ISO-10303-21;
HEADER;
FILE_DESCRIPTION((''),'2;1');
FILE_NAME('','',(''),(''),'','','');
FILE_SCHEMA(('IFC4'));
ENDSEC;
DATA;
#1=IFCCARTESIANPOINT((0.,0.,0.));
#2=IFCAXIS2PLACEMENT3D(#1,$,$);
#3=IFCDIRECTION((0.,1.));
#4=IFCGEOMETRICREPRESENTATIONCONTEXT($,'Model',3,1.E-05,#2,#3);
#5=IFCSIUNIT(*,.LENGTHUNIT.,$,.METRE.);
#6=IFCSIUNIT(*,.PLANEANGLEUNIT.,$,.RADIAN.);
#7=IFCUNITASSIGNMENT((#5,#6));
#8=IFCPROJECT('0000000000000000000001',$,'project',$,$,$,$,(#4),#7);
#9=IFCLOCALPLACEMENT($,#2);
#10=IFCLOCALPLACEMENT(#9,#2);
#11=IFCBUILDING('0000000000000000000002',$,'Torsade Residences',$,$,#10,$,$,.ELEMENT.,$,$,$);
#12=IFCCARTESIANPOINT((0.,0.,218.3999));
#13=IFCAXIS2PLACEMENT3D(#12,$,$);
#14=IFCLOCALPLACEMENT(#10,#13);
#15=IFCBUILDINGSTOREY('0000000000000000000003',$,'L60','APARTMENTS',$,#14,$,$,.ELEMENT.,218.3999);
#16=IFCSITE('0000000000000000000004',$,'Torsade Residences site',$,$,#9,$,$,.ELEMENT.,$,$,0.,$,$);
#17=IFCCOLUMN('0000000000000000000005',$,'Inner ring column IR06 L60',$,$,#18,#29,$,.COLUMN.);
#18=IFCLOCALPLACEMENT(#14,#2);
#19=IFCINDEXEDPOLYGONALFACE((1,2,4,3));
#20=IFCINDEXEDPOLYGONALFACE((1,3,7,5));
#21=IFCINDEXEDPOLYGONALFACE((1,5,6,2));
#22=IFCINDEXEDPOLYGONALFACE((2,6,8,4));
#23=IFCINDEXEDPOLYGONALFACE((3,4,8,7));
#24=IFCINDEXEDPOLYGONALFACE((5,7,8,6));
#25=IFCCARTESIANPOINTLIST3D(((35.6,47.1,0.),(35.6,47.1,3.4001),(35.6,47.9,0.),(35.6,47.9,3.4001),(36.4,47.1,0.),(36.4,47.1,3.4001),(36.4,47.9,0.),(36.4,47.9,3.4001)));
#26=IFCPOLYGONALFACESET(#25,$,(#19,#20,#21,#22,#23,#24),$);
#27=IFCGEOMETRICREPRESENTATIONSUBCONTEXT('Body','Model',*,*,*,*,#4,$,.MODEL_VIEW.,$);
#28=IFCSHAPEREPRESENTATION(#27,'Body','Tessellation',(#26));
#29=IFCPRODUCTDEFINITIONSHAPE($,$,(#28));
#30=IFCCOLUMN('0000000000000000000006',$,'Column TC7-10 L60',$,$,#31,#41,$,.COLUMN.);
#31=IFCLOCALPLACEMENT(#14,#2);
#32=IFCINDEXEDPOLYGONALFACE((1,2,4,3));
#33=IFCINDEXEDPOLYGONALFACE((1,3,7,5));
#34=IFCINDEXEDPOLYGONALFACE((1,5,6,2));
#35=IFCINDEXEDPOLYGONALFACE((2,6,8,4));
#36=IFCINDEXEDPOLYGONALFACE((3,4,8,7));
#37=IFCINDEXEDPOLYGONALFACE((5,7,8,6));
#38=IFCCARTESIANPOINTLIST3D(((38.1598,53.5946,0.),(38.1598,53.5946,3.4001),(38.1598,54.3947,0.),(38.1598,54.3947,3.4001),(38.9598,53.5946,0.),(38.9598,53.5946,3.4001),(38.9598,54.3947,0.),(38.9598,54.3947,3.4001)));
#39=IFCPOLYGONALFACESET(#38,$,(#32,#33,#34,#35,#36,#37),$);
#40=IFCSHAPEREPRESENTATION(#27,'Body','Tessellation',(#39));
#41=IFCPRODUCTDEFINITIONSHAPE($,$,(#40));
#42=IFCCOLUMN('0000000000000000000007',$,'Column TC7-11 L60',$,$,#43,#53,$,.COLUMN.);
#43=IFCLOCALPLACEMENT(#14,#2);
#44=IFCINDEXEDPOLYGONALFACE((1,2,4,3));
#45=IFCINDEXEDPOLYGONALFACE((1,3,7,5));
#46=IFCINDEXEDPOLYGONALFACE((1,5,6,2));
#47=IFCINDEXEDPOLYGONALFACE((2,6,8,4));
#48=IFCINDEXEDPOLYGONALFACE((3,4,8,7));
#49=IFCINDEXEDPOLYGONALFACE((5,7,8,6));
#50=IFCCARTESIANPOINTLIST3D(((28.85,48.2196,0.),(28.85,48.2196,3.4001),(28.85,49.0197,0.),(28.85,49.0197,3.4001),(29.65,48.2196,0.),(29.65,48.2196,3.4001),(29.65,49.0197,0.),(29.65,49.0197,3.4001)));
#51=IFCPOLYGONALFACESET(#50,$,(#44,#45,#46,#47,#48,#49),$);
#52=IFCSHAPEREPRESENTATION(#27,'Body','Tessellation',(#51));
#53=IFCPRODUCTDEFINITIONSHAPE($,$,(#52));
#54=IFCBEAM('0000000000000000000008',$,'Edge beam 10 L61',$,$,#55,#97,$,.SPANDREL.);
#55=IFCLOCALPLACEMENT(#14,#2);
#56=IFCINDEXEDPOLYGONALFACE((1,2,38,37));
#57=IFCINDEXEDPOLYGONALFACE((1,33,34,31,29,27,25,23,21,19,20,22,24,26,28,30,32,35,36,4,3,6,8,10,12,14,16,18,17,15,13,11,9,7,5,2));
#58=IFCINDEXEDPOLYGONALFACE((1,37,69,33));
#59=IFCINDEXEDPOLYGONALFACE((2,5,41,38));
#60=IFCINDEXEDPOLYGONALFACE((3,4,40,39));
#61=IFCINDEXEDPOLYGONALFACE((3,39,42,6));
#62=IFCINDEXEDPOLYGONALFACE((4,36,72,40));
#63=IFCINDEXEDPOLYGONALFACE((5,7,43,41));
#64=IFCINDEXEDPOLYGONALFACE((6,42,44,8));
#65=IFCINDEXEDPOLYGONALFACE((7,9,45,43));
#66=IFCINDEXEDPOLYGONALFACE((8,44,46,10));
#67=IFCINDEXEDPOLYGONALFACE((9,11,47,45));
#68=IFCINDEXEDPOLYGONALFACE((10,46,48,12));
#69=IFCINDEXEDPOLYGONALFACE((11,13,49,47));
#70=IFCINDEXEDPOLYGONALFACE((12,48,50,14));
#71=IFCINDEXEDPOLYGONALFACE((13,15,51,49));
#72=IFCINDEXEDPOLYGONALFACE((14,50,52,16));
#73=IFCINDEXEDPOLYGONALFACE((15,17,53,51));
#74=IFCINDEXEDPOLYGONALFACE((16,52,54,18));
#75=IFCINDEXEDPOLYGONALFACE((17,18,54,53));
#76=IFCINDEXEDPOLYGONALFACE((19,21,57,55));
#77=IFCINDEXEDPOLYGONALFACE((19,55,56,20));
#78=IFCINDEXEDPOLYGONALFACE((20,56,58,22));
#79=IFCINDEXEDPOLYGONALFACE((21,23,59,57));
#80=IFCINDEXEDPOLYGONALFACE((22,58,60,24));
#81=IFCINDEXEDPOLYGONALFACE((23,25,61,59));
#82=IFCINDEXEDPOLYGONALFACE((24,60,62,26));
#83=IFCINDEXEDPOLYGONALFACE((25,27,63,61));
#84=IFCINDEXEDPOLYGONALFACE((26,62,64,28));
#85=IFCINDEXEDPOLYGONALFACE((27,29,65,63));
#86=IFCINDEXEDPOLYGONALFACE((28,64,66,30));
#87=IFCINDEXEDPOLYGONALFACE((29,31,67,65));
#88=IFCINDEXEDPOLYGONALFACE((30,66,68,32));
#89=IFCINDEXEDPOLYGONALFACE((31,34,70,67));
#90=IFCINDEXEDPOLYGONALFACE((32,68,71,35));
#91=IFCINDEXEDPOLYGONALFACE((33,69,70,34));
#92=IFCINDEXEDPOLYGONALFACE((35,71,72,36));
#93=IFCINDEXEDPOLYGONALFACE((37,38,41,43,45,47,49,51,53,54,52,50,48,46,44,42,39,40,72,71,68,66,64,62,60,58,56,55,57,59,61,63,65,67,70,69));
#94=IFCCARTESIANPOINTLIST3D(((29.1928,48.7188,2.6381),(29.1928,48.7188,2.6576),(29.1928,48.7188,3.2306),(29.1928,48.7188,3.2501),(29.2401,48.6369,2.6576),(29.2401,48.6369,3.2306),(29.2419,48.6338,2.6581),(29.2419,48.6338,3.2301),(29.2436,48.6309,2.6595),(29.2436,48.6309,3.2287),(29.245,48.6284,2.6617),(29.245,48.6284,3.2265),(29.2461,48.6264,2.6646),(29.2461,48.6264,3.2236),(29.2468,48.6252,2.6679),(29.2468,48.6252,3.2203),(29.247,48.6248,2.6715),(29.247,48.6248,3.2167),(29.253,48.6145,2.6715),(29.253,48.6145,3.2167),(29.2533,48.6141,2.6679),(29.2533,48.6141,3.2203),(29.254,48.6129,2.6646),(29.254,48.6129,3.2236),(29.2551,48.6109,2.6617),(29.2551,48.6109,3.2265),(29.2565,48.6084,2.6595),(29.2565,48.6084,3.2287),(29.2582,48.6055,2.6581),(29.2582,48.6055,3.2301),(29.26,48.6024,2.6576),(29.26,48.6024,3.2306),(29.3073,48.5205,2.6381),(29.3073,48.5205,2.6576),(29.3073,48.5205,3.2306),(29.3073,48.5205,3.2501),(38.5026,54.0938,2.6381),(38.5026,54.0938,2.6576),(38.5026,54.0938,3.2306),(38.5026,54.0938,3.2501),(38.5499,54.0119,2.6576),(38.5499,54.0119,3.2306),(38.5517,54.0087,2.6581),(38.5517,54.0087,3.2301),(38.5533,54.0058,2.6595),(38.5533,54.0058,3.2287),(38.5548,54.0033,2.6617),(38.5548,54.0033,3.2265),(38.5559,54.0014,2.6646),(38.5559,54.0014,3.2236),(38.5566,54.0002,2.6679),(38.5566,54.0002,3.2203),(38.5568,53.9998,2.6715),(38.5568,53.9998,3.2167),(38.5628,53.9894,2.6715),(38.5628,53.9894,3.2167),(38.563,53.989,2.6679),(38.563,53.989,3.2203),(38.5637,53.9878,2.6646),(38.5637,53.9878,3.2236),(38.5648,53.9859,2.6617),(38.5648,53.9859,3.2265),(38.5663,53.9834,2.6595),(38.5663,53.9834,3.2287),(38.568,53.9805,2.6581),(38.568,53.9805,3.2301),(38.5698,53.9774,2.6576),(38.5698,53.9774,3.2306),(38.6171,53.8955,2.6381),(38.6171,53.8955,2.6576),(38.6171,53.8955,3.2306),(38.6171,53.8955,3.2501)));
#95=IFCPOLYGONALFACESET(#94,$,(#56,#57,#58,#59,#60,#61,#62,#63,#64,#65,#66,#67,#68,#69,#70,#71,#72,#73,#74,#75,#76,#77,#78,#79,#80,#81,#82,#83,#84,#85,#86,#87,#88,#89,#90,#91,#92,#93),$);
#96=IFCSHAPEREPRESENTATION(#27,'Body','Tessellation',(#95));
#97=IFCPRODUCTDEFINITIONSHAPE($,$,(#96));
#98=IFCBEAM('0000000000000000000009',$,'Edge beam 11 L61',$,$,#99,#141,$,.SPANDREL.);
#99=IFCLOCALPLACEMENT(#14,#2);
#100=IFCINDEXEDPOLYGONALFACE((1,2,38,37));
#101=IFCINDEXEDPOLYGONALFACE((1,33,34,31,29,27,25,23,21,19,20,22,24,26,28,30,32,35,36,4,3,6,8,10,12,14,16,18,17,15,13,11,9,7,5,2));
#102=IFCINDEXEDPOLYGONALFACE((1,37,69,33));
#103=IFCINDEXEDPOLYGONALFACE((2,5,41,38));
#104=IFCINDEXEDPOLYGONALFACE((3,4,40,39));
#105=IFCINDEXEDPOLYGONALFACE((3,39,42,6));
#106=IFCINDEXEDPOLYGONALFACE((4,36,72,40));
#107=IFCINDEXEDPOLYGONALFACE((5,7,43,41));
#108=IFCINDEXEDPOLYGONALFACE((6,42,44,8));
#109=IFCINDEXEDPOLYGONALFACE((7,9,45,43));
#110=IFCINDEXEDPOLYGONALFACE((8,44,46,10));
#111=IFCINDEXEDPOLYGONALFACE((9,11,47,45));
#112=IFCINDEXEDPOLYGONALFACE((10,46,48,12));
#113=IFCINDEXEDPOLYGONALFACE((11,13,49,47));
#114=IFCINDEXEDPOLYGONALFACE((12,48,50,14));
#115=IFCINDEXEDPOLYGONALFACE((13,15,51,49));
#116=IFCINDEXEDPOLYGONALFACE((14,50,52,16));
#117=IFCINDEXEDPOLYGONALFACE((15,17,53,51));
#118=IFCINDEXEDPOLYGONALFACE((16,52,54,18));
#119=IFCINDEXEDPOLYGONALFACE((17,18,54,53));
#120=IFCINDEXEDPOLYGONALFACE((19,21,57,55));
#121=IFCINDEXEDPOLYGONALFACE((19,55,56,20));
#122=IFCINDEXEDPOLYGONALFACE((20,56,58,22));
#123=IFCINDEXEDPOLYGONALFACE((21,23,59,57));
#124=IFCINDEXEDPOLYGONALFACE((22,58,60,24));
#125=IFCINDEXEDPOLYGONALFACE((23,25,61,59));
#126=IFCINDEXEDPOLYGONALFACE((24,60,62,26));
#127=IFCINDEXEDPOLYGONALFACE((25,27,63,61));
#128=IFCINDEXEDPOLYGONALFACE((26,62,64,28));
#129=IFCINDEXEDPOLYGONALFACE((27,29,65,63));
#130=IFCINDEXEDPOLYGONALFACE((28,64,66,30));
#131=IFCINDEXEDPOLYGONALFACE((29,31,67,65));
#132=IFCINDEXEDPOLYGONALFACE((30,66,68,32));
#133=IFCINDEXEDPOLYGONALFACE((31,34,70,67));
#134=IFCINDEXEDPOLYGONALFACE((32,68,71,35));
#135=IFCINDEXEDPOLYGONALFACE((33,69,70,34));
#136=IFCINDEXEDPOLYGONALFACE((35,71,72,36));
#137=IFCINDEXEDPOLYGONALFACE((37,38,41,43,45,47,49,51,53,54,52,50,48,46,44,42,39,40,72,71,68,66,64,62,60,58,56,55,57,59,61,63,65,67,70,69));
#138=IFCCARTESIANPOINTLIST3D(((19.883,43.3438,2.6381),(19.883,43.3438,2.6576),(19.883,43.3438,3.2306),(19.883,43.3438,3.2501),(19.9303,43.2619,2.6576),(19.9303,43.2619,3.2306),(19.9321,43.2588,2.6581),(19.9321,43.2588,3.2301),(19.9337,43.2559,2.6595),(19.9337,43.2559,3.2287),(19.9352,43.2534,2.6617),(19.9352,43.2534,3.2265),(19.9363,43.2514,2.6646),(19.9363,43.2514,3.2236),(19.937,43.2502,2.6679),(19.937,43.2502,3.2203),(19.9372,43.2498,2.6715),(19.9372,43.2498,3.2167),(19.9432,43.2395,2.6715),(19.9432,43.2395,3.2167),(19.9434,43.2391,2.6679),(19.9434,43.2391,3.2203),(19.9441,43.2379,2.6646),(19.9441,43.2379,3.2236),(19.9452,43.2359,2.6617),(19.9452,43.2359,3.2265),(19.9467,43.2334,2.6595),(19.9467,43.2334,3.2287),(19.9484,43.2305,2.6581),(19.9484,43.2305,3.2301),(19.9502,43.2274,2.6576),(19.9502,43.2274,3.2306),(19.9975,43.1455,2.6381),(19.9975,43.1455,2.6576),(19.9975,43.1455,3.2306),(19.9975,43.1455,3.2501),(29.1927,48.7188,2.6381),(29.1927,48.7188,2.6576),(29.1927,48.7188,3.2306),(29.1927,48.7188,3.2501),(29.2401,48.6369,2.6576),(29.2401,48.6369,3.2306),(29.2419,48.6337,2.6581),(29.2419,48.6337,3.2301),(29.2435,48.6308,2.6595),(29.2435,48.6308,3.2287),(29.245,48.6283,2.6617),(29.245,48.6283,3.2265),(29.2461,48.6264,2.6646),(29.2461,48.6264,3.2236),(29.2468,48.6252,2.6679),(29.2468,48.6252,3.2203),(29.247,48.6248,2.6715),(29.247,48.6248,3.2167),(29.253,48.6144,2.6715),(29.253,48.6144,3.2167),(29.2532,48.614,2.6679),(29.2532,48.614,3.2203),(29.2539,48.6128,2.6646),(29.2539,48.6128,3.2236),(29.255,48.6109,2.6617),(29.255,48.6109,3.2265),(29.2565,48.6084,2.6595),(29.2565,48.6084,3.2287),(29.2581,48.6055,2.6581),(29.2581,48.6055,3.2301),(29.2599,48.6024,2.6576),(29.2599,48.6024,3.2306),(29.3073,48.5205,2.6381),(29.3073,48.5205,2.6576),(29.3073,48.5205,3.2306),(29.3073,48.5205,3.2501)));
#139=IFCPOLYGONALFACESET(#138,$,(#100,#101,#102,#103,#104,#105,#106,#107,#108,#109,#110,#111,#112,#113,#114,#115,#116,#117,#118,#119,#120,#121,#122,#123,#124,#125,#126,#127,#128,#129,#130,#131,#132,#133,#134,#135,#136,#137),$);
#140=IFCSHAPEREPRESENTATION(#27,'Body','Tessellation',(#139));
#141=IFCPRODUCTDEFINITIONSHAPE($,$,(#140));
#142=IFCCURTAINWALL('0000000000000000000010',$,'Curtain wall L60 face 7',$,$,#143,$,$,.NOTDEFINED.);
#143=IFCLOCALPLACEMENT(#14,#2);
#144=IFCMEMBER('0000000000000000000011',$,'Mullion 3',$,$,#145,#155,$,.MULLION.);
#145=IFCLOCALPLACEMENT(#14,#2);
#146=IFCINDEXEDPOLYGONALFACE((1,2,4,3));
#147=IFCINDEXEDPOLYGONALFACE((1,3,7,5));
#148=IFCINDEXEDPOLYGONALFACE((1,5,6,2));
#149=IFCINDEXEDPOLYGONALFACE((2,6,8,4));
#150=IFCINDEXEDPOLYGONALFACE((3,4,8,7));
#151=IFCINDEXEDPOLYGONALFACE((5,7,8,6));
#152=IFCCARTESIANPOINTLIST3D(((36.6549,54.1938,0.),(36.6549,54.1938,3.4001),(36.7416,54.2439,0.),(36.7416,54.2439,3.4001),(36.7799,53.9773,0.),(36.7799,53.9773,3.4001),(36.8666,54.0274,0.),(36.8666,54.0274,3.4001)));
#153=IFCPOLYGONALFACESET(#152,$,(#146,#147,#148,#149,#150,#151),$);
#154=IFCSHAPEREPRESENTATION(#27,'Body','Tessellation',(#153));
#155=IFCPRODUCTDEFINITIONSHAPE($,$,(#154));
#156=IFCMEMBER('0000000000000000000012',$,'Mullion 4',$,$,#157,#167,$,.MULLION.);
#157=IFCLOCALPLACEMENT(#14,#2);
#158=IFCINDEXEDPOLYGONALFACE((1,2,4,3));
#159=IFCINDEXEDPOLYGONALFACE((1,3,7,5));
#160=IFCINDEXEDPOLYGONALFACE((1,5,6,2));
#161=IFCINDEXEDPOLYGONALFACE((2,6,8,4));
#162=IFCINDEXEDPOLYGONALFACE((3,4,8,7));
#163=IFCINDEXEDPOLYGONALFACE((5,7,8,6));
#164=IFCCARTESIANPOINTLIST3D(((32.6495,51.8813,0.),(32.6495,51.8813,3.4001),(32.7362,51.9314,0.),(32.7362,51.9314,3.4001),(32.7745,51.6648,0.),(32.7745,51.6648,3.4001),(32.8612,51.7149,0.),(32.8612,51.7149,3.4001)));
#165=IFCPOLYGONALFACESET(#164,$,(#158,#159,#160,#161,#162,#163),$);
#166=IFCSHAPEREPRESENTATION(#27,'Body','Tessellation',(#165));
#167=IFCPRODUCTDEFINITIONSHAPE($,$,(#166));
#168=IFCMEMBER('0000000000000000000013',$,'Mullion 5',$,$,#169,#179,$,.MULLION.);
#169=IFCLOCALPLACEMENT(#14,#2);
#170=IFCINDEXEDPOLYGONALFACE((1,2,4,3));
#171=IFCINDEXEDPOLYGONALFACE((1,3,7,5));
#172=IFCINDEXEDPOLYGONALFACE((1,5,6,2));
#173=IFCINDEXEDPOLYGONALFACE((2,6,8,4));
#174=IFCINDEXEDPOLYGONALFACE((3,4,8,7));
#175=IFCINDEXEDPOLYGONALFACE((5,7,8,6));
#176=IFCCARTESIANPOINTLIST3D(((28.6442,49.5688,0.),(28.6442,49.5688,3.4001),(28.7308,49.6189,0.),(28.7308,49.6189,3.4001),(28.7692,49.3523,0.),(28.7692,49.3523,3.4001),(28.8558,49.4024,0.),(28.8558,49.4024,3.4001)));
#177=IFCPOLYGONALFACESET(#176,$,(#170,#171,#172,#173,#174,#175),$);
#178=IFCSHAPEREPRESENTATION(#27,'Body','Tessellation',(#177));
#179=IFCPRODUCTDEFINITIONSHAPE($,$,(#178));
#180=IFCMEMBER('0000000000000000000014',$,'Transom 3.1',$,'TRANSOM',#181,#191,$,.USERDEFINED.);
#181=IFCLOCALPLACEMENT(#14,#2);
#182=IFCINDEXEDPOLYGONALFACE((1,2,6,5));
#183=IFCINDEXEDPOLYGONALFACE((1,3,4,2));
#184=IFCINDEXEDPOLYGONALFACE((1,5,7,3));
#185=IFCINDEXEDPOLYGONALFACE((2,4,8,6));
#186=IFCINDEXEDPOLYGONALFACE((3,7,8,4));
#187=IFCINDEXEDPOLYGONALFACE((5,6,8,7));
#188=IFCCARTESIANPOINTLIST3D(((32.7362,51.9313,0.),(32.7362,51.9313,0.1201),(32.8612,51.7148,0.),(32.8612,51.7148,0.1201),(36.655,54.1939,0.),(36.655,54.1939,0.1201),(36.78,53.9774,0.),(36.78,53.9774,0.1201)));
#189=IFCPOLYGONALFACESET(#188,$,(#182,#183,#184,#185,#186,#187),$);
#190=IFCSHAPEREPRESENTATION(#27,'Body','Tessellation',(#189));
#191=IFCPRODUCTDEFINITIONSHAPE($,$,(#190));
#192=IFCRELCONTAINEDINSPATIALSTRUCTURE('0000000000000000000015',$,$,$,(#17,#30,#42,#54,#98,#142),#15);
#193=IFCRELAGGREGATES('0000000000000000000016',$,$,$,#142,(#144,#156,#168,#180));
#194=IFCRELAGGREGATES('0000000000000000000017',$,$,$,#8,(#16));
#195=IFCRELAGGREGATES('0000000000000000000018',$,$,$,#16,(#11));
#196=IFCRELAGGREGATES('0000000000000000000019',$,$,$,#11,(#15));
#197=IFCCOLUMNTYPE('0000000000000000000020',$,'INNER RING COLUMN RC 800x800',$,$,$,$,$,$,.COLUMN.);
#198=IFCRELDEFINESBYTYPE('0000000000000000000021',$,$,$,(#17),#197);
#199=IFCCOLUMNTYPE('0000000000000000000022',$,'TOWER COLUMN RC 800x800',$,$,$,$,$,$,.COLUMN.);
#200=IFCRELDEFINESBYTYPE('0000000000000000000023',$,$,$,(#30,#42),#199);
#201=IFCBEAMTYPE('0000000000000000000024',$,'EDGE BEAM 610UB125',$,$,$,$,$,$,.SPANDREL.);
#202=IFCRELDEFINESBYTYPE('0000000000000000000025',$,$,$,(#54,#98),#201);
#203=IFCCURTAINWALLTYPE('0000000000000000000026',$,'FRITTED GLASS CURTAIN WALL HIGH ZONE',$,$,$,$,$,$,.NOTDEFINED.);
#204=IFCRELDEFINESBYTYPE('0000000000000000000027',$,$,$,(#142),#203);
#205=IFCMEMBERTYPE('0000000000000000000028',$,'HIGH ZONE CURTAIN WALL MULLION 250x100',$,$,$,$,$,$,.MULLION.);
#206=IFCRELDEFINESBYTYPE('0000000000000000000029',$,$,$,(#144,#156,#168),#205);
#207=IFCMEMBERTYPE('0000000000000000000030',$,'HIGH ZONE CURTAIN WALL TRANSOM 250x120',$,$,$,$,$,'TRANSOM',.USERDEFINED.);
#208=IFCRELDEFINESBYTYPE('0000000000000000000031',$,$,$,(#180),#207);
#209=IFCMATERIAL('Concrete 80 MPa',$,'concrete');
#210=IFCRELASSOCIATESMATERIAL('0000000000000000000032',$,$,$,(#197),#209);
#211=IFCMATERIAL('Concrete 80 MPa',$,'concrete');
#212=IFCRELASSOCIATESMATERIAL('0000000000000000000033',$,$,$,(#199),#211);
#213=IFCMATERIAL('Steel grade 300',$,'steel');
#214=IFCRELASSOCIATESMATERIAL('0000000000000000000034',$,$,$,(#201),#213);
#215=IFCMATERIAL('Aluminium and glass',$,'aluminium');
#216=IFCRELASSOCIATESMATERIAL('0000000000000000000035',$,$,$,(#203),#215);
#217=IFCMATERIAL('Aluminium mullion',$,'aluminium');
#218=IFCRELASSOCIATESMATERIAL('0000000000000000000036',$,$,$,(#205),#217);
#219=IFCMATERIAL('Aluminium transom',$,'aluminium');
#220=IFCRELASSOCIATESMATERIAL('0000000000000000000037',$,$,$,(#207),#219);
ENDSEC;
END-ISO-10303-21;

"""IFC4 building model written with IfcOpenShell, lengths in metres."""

from ifc_helpers import new_model, si_unit, direction, frame, origin, origin_2d, place, context, subcontext, project, spatial, rectangle, i_section, extrude, material, material_profile, profile_set, type_object, element, aggregate, save


model = new_model("IFC4")

# Units and contexts
model_context = context("Model", 3, precision=1e-05, world=origin(), true_north=direction((0.0, 1.0)))
body_context = subcontext(model_context, "Body", "Model", "MODEL_VIEW")
ifc_project = project(units=[si_unit("LENGTHUNIT", "METRE"), si_unit("PLANEANGLEUNIT", "RADIAN")], contexts=[model_context])

# Site, building, storey
site_placement = place(None, origin())
site = spatial("IfcSite", under=ifc_project, at=site_placement, Name="Torsade Residences site", CompositionType="ELEMENT", RefElevation=0.0)
building_placement = place(site_placement, origin())
building = spatial("IfcBuilding", under=site, at=building_placement, Name="Torsade Residences", CompositionType="ELEMENT")
storey_placement = place(building_placement, frame((0.0, 0.0, 218.3999)))
storey = spatial("IfcBuildingStorey", under=building, at=storey_placement, Name="L60", Description="APARTMENTS", CompositionType="ELEMENT", Elevation=218.3999)

# Columns
ifc_material_1 = material(Name="Concrete 80 MPa", Category="concrete")
ifc_material_profile_1 = material_profile(ifc_material_1, rectangle(XDim=0.8, YDim=0.8, at=origin_2d()), Name="RC 800x800")
ifc_profile_set_1 = profile_set([ifc_material_profile_1], Name="Concrete 80 MPa")
column_type_1 = type_object("IfcColumnType", Name="INNER RING COLUMN RC 800x800", PredefinedType="COLUMN", material=ifc_profile_set_1)
column_placement = place(storey_placement, frame((36.0, 47.5, 0.0), z_axis=(0.0, 0.0, 1.0), x_axis=(1.0, 0.0, 0.0)))
element("IfcColumn", 1, at=column_placement, inside=storey, type_object=column_type_1, Name="Inner ring column IR06 L60", PredefinedType="COLUMN", context=body_context, shape_type="SweptSolid", body=[
    extrude(rectangle(XDim=0.8, YDim=0.8, at=origin_2d()), origin(), (0.0, 0.0, 1.0), 3.4001),
])
ifc_material_2 = material(Name="Concrete 80 MPa", Category="concrete")
ifc_material_profile_2 = material_profile(ifc_material_2, rectangle(XDim=0.8, YDim=0.8, at=origin_2d()), Name="RC 800x800")
ifc_profile_set_2 = profile_set([ifc_material_profile_2], Name="Concrete 80 MPa")
column_type_2 = type_object("IfcColumnType", Name="TOWER COLUMN RC 800x800", PredefinedType="COLUMN", material=ifc_profile_set_2)
for number, where, z_axis, x_axis, name in (
    (2, (38.5598, 53.9946, 0.0), (0.0, 0.0, 1.0), (1.0, 0.0, 0.0), "Column TC7-10 L60"),
    (3, (29.25, 48.6196, 0.0), (0.0, 0.0, 1.0), (1.0, 0.0, 0.0), "Column TC7-11 L60"),
):
    element("IfcColumn", number, at=place(storey_placement, frame(where, z_axis=z_axis, x_axis=x_axis)), inside=storey, type_object=column_type_2, Name=name, PredefinedType="COLUMN", context=body_context, shape_type="SweptSolid", body=[
        extrude(rectangle(XDim=0.8, YDim=0.8, at=origin_2d()), origin(), (0.0, 0.0, 1.0), 3.4001),
    ])

# Beams
ifc_material_3 = material(Name="Steel grade 300", Category="steel")
ifc_material_profile_3 = material_profile(ifc_material_3, i_section(OverallWidth=0.229, OverallDepth=0.6121, WebThickness=0.012, FlangeThickness=0.0195, FilletRadius=0.0139, at=origin_2d()), Name="610UB125")
ifc_profile_set_3 = profile_set([ifc_material_profile_3], Name="Steel grade 300")
beam_type_1 = type_object("IfcBeamType", Name="EDGE BEAM 610UB125", PredefinedType="SPANDREL", material=ifc_profile_set_3)
for number, where, z_axis, x_axis, name in (
    (4, (38.5598, 53.9946, 2.9441), (-0.866026, -0.499998, 0.0), (0.499998, -0.866026, 0.0), "Edge beam 10 L61"),
    (5, (29.25, 48.6196, 2.9441), (-0.866026, -0.499998, 0.0), (0.499998, -0.866026, 0.0), "Edge beam 11 L61"),
):
    element("IfcBeam", number, at=place(storey_placement, frame(where, z_axis=z_axis, x_axis=x_axis)), inside=storey, type_object=beam_type_1, Name=name, PredefinedType="SPANDREL", context=body_context, shape_type="SweptSolid", body=[
        extrude(i_section(OverallWidth=0.229, OverallDepth=0.6121, WebThickness=0.012, FlangeThickness=0.0195, FilletRadius=0.0139, at=origin_2d()), origin(), (0.0, 0.0, 1.0), 10.75),
    ])

# Curtain wall, members
ifc_material_4 = material(Name="Aluminium and glass", Category="aluminium")
curtain_wall_type = type_object("IfcCurtainWallType", Name="FRITTED GLASS CURTAIN WALL HIGH ZONE", PredefinedType="NOTDEFINED", material=ifc_material_4)
curtain_wall_placement = place(storey_placement, origin())
curtain_wall = element("IfcCurtainWall", 6, at=curtain_wall_placement, inside=storey, type_object=curtain_wall_type, Name="Curtain wall L60 face 7", PredefinedType="NOTDEFINED")
ifc_material_5 = material(Name="Aluminium mullion", Category="aluminium")
ifc_material_profile_4 = material_profile(ifc_material_5, rectangle(XDim=0.25, YDim=0.1001, at=origin_2d()), Name="HIGH ZONE CURTAIN WALL MULLION 250x100")
ifc_profile_set_4 = profile_set([ifc_material_profile_4], Name="Aluminium mullion")
member_type_1 = type_object("IfcMemberType", Name="HIGH ZONE CURTAIN WALL MULLION 250x100", PredefinedType="MULLION", material=ifc_profile_set_4)
member_1_placement = place(storey_placement, frame((36.7607, 54.1106, 0.0), z_axis=(0.0, 0.0, 1.0), x_axis=(0.5, -0.866025, 0.0)))
member_1 = element("IfcMember", 7, at=member_1_placement, type_object=member_type_1, Name="Mullion 3", PredefinedType="MULLION", context=body_context, shape_type="SweptSolid", body=[
    extrude(rectangle(XDim=0.25, YDim=0.1001, at=origin_2d()), origin(), (0.0, 0.0, 1.0), 3.4001),
])
member_2_placement = place(storey_placement, frame((32.7554, 51.7981, 0.0), z_axis=(0.0, 0.0, 1.0), x_axis=(0.5, -0.866025, 0.0)))
member_2 = element("IfcMember", 8, at=member_2_placement, type_object=member_type_1, Name="Mullion 4", PredefinedType="MULLION", context=body_context, shape_type="SweptSolid", body=[
    extrude(rectangle(XDim=0.25, YDim=0.1001, at=origin_2d()), origin(), (0.0, 0.0, 1.0), 3.4001),
])
member_3_placement = place(storey_placement, frame((28.75, 49.4856, 0.0), z_axis=(0.0, 0.0, 1.0), x_axis=(0.5, -0.866025, 0.0)))
member_3 = element("IfcMember", 9, at=member_3_placement, type_object=member_type_1, Name="Mullion 5", PredefinedType="MULLION", context=body_context, shape_type="SweptSolid", body=[
    extrude(rectangle(XDim=0.25, YDim=0.1001, at=origin_2d()), origin(), (0.0, 0.0, 1.0), 3.4001),
])
ifc_material_6 = material(Name="Aluminium transom", Category="aluminium")
ifc_material_profile_5 = material_profile(ifc_material_6, rectangle(XDim=0.25, YDim=0.1201, at=origin_2d()), Name="HIGH ZONE CURTAIN WALL TRANSOM 250x120")
ifc_profile_set_5 = profile_set([ifc_material_profile_5], Name="Aluminium transom")
member_type_2 = type_object("IfcMemberType", Name="HIGH ZONE CURTAIN WALL TRANSOM 250x120", ElementType="TRANSOM", PredefinedType="USERDEFINED", material=ifc_profile_set_5)
member_4_placement = place(storey_placement, frame((36.7175, 54.0857, 0.0601), z_axis=(-0.866017, -0.500015, 0.0), x_axis=(0.500015, -0.866017, 0.0)))
member_4 = element("IfcMember", 10, at=member_4_placement, type_object=member_type_2, Name="Transom 3.1", ObjectType="TRANSOM", PredefinedType="USERDEFINED", context=body_context, shape_type="SweptSolid", body=[
    extrude(rectangle(XDim=0.25, YDim=0.1201, at=origin_2d()), origin(), (0.0, 0.0, 1.0), 4.5251),
])

aggregate(curtain_wall, [member_1, member_2, member_3, member_4])

save(model, "model.ifc")
